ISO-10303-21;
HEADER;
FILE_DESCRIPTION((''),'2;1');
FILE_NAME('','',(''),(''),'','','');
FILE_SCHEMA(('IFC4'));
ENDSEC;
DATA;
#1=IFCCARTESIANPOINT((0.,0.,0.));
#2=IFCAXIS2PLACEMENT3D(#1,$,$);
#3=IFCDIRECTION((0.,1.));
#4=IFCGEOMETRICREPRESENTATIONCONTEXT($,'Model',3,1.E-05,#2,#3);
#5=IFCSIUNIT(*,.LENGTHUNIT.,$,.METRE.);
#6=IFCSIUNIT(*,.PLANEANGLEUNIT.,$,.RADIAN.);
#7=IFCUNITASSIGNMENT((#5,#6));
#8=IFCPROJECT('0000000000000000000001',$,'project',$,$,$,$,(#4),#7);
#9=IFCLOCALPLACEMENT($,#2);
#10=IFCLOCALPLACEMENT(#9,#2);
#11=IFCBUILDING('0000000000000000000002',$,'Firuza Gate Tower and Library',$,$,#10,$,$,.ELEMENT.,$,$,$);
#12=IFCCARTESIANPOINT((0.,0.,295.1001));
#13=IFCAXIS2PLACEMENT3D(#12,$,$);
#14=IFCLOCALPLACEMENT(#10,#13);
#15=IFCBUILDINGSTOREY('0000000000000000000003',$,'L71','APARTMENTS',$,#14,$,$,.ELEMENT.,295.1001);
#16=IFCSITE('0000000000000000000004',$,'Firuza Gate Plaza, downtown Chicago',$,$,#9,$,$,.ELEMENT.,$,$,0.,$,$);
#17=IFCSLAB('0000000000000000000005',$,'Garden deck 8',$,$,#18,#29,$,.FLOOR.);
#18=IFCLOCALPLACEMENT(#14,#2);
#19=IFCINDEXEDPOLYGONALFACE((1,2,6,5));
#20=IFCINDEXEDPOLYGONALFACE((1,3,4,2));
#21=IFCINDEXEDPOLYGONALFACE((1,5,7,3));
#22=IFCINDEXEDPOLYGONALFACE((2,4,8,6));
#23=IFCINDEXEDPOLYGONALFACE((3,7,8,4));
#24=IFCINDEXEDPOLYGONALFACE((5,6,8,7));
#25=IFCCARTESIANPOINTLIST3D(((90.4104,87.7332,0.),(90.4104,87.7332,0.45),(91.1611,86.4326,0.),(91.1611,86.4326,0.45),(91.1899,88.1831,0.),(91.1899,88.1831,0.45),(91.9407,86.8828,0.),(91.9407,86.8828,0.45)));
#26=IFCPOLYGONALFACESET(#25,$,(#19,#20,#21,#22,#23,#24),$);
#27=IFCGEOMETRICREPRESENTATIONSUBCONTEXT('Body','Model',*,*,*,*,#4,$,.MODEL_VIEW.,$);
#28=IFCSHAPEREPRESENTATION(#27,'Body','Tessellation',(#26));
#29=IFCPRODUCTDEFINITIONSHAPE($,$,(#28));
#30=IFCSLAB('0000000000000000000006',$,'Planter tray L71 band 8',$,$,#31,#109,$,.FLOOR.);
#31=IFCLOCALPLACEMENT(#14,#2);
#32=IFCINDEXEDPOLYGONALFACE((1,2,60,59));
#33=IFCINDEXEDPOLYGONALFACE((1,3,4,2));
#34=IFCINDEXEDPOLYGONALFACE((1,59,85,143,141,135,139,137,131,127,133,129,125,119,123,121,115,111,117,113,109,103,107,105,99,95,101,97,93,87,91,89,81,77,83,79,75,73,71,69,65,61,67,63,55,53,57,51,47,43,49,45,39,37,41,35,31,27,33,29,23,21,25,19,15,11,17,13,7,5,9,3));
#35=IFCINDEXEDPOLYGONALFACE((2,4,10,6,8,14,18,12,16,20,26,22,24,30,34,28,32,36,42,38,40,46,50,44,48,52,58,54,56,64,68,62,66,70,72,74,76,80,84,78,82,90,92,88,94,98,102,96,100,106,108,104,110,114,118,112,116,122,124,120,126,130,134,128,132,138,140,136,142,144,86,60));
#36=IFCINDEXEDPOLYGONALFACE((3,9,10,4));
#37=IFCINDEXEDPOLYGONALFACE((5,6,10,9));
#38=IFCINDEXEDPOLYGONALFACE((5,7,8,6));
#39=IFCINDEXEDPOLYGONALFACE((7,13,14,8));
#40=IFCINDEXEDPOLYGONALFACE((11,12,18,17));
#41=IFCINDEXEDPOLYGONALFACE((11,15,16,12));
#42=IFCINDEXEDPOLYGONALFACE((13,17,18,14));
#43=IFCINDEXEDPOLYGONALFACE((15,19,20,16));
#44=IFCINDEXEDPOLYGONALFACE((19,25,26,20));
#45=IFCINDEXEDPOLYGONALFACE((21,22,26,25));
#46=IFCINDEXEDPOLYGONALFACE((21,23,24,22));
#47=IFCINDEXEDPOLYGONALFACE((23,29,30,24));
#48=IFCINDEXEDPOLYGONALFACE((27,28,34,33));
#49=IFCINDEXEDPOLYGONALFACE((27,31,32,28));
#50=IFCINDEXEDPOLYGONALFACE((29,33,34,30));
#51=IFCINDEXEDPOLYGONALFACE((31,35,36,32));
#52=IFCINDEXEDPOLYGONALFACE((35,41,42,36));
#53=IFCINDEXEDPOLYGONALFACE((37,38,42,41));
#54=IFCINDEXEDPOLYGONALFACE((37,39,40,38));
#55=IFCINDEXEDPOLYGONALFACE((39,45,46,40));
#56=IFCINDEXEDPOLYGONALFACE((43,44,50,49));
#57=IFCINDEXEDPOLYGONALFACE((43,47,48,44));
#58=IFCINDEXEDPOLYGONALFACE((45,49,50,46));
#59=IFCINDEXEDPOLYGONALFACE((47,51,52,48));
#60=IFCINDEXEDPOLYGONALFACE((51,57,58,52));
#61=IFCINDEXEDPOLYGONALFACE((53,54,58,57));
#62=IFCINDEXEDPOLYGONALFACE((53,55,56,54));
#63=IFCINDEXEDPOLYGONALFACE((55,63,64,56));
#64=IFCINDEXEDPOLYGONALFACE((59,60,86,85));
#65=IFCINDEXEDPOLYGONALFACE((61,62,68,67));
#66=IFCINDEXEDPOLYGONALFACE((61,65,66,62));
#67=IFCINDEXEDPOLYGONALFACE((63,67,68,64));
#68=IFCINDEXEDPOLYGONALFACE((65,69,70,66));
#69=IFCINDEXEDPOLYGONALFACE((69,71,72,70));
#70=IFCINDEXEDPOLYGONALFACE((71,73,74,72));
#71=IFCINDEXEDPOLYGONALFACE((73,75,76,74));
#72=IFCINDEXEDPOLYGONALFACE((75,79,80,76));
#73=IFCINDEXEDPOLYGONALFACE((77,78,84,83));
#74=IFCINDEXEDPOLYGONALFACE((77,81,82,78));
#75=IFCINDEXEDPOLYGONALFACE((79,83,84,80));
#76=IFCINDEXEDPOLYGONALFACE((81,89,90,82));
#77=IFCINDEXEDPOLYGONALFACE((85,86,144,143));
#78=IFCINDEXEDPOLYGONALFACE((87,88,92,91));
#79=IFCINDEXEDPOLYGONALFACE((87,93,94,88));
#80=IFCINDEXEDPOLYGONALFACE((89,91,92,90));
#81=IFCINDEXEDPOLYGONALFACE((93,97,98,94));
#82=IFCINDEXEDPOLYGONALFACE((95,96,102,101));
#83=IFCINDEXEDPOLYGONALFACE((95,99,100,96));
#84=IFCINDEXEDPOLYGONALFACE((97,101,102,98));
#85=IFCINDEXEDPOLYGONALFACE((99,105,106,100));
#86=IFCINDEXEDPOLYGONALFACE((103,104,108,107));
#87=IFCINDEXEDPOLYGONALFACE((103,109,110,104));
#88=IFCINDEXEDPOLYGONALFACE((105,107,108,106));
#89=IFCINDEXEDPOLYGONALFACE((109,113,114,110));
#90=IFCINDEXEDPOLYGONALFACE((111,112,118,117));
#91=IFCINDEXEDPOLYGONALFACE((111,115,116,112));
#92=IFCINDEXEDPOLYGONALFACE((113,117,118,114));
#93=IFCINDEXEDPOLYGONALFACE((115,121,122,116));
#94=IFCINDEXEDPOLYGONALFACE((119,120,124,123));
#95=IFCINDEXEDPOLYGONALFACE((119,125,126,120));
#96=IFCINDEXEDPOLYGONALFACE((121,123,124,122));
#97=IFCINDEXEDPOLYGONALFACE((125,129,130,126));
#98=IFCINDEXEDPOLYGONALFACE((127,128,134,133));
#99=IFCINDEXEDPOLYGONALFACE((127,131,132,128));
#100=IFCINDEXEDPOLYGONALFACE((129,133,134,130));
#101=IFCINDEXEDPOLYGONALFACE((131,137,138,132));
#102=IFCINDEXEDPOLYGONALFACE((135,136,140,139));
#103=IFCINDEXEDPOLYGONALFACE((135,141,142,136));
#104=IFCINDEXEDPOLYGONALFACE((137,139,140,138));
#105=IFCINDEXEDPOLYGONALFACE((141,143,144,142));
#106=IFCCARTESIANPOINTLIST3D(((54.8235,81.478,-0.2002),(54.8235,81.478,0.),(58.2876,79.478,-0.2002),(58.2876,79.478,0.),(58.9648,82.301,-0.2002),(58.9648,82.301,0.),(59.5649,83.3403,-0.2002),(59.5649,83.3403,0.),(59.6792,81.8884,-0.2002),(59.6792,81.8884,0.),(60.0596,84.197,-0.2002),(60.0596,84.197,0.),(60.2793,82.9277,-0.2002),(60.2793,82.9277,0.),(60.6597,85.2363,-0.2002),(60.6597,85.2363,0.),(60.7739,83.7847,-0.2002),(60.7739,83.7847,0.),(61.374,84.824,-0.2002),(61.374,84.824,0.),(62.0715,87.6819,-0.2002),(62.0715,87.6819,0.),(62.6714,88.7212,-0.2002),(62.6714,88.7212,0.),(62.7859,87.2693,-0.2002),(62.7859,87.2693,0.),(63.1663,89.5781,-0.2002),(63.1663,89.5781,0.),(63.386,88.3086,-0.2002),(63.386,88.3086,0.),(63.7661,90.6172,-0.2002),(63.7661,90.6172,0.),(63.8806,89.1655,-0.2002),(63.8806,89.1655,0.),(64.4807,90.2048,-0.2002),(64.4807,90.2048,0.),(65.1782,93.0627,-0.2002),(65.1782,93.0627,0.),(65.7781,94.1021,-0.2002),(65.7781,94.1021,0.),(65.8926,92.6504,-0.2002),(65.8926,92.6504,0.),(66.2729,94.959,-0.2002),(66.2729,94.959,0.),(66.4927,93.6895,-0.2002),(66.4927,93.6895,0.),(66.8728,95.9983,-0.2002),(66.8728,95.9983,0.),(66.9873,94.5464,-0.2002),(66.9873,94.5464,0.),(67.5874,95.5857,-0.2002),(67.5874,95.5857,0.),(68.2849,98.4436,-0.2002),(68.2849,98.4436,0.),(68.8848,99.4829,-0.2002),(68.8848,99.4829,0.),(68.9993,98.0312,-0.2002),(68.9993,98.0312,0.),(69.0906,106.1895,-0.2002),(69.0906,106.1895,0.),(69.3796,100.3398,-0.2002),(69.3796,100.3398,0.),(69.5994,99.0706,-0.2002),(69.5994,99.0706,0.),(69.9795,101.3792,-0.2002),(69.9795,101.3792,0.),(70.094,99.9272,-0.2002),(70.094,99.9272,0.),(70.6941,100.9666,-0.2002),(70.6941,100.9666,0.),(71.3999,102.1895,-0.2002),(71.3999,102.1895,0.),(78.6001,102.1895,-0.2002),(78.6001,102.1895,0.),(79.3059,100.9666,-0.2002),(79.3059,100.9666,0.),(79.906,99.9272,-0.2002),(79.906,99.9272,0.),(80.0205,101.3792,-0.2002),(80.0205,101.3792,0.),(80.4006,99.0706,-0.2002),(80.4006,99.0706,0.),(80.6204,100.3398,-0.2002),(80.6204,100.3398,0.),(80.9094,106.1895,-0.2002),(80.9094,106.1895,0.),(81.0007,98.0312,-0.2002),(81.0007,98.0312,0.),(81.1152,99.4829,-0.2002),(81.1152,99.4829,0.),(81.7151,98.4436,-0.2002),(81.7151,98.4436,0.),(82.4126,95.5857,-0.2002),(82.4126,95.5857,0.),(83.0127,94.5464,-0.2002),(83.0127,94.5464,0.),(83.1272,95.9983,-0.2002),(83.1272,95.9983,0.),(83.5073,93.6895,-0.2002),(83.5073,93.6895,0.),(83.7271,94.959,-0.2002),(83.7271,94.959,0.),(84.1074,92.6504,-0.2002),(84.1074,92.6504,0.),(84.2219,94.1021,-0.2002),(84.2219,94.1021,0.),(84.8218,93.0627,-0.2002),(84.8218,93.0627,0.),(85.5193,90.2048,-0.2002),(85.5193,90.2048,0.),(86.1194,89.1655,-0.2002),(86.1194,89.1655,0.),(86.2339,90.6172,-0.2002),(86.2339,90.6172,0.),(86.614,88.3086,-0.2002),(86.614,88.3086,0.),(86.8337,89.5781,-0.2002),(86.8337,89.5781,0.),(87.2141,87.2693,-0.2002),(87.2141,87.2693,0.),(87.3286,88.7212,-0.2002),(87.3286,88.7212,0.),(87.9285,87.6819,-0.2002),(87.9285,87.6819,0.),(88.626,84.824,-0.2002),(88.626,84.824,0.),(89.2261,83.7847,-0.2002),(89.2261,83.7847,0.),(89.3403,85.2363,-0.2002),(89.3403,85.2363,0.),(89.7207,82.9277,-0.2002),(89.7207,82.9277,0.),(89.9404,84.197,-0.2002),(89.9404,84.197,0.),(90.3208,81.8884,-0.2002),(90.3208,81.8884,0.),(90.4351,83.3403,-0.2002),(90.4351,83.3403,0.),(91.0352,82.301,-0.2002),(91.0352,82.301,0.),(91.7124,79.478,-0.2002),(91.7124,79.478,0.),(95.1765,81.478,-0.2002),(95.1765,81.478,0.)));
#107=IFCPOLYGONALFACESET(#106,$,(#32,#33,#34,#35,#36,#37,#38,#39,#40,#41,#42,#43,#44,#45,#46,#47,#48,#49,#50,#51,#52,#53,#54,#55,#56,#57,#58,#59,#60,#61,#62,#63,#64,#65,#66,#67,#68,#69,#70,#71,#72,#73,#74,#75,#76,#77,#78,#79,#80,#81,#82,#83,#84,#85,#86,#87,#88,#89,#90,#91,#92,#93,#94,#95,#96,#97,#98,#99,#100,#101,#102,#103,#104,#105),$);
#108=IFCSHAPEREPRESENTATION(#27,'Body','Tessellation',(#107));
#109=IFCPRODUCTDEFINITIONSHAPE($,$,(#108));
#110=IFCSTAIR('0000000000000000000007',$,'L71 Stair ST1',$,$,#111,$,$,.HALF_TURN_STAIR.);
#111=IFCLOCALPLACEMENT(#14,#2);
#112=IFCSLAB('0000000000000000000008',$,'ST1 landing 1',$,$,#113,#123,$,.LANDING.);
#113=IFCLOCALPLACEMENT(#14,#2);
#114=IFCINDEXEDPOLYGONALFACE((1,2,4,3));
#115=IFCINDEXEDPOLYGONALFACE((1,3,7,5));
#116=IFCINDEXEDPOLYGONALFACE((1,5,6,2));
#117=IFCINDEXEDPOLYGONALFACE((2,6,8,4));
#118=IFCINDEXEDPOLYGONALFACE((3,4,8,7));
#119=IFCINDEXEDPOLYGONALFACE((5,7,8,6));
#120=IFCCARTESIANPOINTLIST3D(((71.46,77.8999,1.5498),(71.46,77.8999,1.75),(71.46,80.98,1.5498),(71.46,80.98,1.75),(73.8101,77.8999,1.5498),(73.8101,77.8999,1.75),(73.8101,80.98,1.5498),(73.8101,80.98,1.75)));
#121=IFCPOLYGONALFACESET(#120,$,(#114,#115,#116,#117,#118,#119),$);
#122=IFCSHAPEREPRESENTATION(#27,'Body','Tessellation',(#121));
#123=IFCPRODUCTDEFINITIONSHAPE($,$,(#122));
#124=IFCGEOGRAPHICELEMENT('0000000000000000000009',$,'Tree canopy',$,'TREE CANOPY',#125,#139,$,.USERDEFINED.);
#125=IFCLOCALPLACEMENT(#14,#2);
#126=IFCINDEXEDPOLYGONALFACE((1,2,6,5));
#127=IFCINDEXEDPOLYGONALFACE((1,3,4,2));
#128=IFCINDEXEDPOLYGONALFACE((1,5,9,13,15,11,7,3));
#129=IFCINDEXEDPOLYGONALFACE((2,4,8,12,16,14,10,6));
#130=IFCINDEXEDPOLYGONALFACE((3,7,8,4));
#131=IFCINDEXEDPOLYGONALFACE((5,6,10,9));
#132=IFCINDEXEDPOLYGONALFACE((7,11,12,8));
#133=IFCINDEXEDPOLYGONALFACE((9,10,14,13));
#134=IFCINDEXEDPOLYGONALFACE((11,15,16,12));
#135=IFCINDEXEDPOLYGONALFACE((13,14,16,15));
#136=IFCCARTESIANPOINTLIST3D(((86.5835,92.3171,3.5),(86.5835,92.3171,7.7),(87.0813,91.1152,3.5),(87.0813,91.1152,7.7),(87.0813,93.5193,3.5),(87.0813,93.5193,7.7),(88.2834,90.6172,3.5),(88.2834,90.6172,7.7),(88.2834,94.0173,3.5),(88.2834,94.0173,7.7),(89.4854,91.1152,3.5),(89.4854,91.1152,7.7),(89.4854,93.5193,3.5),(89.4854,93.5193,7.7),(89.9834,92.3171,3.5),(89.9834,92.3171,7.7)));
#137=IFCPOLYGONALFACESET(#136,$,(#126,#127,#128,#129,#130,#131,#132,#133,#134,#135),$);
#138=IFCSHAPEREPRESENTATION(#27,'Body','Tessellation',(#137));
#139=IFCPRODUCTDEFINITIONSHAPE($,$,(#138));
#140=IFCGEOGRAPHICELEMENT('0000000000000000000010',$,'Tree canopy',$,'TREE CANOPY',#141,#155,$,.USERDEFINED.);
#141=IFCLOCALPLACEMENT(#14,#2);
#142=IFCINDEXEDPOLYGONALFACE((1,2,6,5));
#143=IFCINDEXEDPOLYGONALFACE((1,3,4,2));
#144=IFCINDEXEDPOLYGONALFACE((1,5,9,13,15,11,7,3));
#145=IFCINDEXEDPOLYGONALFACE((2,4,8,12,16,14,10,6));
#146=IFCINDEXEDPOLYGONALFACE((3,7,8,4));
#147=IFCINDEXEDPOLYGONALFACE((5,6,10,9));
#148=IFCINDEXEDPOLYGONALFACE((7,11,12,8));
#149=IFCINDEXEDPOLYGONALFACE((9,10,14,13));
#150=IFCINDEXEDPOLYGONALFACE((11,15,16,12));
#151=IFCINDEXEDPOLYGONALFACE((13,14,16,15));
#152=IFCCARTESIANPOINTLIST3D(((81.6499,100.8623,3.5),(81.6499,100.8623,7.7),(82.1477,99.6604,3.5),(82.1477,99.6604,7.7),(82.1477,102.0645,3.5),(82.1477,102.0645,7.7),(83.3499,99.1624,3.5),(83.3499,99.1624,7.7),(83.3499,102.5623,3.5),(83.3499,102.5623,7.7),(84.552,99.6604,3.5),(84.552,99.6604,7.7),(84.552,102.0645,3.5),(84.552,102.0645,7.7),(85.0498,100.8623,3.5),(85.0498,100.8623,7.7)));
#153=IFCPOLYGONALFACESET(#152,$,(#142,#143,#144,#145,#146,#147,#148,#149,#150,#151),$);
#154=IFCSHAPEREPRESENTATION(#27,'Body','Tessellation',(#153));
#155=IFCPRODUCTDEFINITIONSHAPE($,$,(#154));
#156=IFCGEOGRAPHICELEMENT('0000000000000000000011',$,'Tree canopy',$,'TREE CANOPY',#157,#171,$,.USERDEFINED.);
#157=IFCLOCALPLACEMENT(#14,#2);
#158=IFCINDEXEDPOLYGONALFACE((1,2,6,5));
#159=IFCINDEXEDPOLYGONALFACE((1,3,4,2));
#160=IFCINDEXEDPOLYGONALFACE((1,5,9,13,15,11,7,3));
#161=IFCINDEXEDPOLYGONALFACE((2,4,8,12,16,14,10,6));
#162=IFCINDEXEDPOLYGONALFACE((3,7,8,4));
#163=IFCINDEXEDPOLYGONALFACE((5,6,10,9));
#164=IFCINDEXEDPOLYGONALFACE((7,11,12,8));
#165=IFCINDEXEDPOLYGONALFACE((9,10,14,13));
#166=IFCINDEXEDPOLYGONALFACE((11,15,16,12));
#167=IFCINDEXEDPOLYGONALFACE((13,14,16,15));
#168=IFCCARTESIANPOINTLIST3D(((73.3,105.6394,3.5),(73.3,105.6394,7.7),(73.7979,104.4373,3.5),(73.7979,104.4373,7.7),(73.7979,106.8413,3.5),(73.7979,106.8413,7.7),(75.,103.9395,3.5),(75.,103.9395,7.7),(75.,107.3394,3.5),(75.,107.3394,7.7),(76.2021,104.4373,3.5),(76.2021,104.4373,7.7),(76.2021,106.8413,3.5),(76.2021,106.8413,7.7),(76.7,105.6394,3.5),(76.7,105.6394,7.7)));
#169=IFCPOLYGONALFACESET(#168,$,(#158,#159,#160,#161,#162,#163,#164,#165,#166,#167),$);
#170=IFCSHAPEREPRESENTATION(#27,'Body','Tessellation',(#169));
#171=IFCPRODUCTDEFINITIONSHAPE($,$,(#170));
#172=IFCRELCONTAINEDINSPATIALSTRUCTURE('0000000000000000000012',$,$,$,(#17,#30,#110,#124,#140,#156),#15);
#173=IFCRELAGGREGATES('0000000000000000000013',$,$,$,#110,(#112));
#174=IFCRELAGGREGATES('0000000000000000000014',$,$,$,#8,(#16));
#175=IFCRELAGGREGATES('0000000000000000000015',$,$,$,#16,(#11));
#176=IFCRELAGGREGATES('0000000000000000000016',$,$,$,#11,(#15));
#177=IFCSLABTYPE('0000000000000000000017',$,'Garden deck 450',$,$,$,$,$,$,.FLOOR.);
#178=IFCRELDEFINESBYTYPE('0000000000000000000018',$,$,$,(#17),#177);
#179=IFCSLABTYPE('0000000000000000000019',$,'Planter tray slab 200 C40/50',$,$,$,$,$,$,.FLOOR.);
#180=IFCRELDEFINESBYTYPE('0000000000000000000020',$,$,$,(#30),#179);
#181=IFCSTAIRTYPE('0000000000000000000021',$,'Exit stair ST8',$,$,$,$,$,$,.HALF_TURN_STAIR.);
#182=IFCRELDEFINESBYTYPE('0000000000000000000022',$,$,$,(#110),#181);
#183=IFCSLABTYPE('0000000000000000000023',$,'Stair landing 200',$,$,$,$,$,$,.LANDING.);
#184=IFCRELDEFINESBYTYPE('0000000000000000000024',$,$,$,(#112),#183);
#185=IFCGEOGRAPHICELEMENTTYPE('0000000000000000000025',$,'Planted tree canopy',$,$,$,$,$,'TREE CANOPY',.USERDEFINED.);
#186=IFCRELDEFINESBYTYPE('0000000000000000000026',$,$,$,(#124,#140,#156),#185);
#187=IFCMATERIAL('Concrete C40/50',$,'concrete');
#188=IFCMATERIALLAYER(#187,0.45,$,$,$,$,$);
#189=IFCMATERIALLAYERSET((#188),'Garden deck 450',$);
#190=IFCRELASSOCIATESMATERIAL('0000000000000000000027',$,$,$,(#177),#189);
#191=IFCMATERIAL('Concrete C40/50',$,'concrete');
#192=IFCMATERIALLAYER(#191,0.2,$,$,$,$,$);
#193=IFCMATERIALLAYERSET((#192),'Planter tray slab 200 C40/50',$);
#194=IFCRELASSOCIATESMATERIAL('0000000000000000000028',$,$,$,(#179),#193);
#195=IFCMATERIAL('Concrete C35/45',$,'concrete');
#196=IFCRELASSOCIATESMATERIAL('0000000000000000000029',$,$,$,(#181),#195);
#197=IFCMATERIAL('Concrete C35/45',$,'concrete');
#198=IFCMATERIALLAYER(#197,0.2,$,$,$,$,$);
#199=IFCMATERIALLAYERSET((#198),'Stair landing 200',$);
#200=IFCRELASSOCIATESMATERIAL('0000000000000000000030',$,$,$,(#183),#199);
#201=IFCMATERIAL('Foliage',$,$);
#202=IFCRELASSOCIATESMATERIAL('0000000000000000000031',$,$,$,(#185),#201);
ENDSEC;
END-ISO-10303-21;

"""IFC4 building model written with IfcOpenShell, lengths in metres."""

from ifc_helpers import new_model, si_unit, direction, frame, origin, place, context, subcontext, project, spatial, polyline, outline, extrude, material, layer, layer_set, type_object, element, aggregate, save


model = new_model("IFC4")

# Units and contexts
model_context = context("Model", 3, precision=1e-05, world=origin(), true_north=direction((0.0, 1.0)))
body_context = subcontext(model_context, "Body", "Model", "MODEL_VIEW")
ifc_project = project(units=[si_unit("LENGTHUNIT", "METRE"), si_unit("PLANEANGLEUNIT", "RADIAN")], contexts=[model_context])

# Site, building, storey
site_placement = place(None, origin())
site = spatial("IfcSite", under=ifc_project, at=site_placement, Name="Firuza Gate Plaza, downtown Chicago", CompositionType="ELEMENT", RefElevation=0.0)
building_placement = place(site_placement, origin())
building = spatial("IfcBuilding", under=site, at=building_placement, Name="Firuza Gate Tower and Library", CompositionType="ELEMENT")
storey_placement = place(building_placement, frame((0.0, 0.0, 295.1001)))
storey = spatial("IfcBuildingStorey", under=building, at=storey_placement, Name="L71", Description="APARTMENTS", CompositionType="ELEMENT", Elevation=295.1001)

# Shared definitions
placement_1 = place(storey_placement, frame((0.0, 0.0, 3.5)))

# Slabs
placement_2 = place(storey_placement, frame((0.0, 0.0, -0.2002)))
ifc_material_1 = material(Name="Concrete C40/50", Category="concrete")
ifc_layer_1 = layer(ifc_material_1, 0.45)
ifc_layer_set_1 = layer_set([ifc_layer_1], Name="Garden deck 450")
slab_type_1 = type_object("IfcSlabType", Name="Garden deck 450", PredefinedType="FLOOR", material=ifc_layer_set_1)
placement_3 = place(storey_placement, origin())
element("IfcSlab", 1, at=placement_3, inside=storey, type_object=slab_type_1, Name="Garden deck 8", PredefinedType="FLOOR", context=body_context, shape_type="SweptSolid", body=[
    extrude(outline(polyline([(91.9407, 86.8828), (91.1899, 88.1831), (90.4104, 87.7332), (91.1611, 86.4326), (91.9407, 86.8828)])), origin(), (0.0, 0.0, 1.0), 0.45),
])
ifc_material_2 = material(Name="Concrete C40/50", Category="concrete")
ifc_layer_2 = layer(ifc_material_2, 0.2)
ifc_layer_set_2 = layer_set([ifc_layer_2], Name="Planter tray slab 200 C40/50")
slab_type_2 = type_object("IfcSlabType", Name="Planter tray slab 200 C40/50", PredefinedType="FLOOR", material=ifc_layer_set_2)
element("IfcSlab", 2, at=placement_2, inside=storey, type_object=slab_type_2, Name="Planter tray L71 band 8", PredefinedType="FLOOR", context=body_context, shape_type="SweptSolid", body=[
    extrude(outline(polyline([(58.2876, 79.478), (59.6792, 81.8884), (58.9648, 82.301), (59.5649, 83.3403), (60.2793, 82.9277), (60.7739, 83.7847), (60.0596, 84.197), (60.6597, 85.2363), (61.374, 84.824), (62.7859, 87.2693), (62.0715, 87.6819), (62.6714, 88.7212), (63.386, 88.3086), (63.8806, 89.1655), (63.1663, 89.5781), (63.7661, 90.6172), (64.4807, 90.2048), (65.8926, 92.6504), (65.1782, 93.0627), (65.7781, 94.1021), (66.4927, 93.6895), (66.9873, 94.5464), (66.2729, 94.959), (66.8728, 95.9983), (67.5874, 95.5857), (68.9993, 98.0312), (68.2849, 98.4436), (68.8848, 99.4829), (69.5994, 99.0706), (70.094, 99.9272), (69.3796, 100.3398), (69.9795, 101.3792), (70.6941, 100.9666), (71.3999, 102.1895), (78.6001, 102.1895), (79.3059, 100.9666), (80.0205, 101.3792), (80.6204, 100.3398), (79.906, 99.9272), (80.4006, 99.0706), (81.1152, 99.4829), (81.7151, 98.4436), (81.0007, 98.0312), (82.4126, 95.5857), (83.1272, 95.9983), (83.7271, 94.959), (83.0127, 94.5464), (83.5073, 93.6895), (84.2219, 94.1021), (84.8218, 93.0627), (84.1074, 92.6504), (85.5193, 90.2048), (86.2339, 90.6172), (86.8337, 89.5781), (86.1194, 89.1655), (86.614, 88.3086), (87.3286, 88.7212), (87.9285, 87.6819), (87.2141, 87.2693), (88.626, 84.824), (89.3403, 85.2363), (89.9404, 84.197), (89.2261, 83.7847), (89.7207, 82.9277), (90.4351, 83.3403), (91.0352, 82.301), (90.3208, 81.8884), (91.7124, 79.478), (95.1765, 81.478), (80.9094, 106.1895), (69.0906, 106.1895), (54.8235, 81.478), (58.2876, 79.478)])), origin(), (0.0, 0.0, 1.0), 0.2002),
])

# Stair, slab
ifc_material_3 = material(Name="Concrete C35/45", Category="concrete")
stair_type = type_object("IfcStairType", Name="Exit stair ST8", PredefinedType="HALF_TURN_STAIR", material=ifc_material_3)
stair = element("IfcStair", 3, at=placement_3, inside=storey, type_object=stair_type, Name="L71 Stair ST1", PredefinedType="HALF_TURN_STAIR")
ifc_material_4 = material(Name="Concrete C35/45", Category="concrete")
ifc_layer_3 = layer(ifc_material_4, 0.2)
ifc_layer_set_3 = layer_set([ifc_layer_3], Name="Stair landing 200")
slab_type_3 = type_object("IfcSlabType", Name="Stair landing 200", PredefinedType="LANDING", material=ifc_layer_set_3)
slab_1_placement = place(storey_placement, frame((0.0, 0.0, 1.5498)))
slab_1 = element("IfcSlab", 4, at=slab_1_placement, type_object=slab_type_3, Name="ST1 landing 1", PredefinedType="LANDING", context=body_context, shape_type="SweptSolid", body=[
    extrude(outline(polyline([(71.46, 77.8999), (73.8101, 77.8999), (73.8101, 80.98), (71.46, 80.98), (71.46, 77.8999)])), origin(), (0.0, 0.0, 1.0), 0.2002),
])
aggregate(stair, [slab_1])

# Geographic elements
ifc_material_5 = material(Name="Foliage")
geographic_element_type = type_object("IfcGeographicElementType", Name="Planted tree canopy", ElementType="TREE CANOPY", PredefinedType="USERDEFINED", material=ifc_material_5)
element("IfcGeographicElement", 5, at=placement_1, inside=storey, type_object=geographic_element_type, Name="Tree canopy", ObjectType="TREE CANOPY", PredefinedType="USERDEFINED", context=body_context, shape_type="SweptSolid", body=[
    extrude(outline(polyline([(89.9834, 92.3171), (89.4854, 93.5193), (88.2834, 94.0173), (87.0813, 93.5193), (86.5835, 92.3171), (87.0813, 91.1152), (88.2834, 90.6172), (89.4854, 91.1152), (89.9834, 92.3171)])), origin(), (0.0, 0.0, 1.0), 4.2),
])
element("IfcGeographicElement", 6, at=placement_1, inside=storey, type_object=geographic_element_type, Name="Tree canopy", ObjectType="TREE CANOPY", PredefinedType="USERDEFINED", context=body_context, shape_type="SweptSolid", body=[
    extrude(outline(polyline([(85.0498, 100.8623), (84.552, 102.0645), (83.3499, 102.5623), (82.1477, 102.0645), (81.6499, 100.8623), (82.1477, 99.6604), (83.3499, 99.1624), (84.552, 99.6604), (85.0498, 100.8623)])), origin(), (0.0, 0.0, 1.0), 4.2),
])
element("IfcGeographicElement", 7, at=placement_1, inside=storey, type_object=geographic_element_type, Name="Tree canopy", ObjectType="TREE CANOPY", PredefinedType="USERDEFINED", context=body_context, shape_type="SweptSolid", body=[
    extrude(outline(polyline([(76.7, 105.6394), (76.2021, 106.8413), (75.0, 107.3394), (73.7979, 106.8413), (73.3, 105.6394), (73.7979, 104.4373), (75.0, 103.9395), (76.2021, 104.4373), (76.7, 105.6394)])), origin(), (0.0, 0.0, 1.0), 4.2),
])

save(model, "model.ifc")
